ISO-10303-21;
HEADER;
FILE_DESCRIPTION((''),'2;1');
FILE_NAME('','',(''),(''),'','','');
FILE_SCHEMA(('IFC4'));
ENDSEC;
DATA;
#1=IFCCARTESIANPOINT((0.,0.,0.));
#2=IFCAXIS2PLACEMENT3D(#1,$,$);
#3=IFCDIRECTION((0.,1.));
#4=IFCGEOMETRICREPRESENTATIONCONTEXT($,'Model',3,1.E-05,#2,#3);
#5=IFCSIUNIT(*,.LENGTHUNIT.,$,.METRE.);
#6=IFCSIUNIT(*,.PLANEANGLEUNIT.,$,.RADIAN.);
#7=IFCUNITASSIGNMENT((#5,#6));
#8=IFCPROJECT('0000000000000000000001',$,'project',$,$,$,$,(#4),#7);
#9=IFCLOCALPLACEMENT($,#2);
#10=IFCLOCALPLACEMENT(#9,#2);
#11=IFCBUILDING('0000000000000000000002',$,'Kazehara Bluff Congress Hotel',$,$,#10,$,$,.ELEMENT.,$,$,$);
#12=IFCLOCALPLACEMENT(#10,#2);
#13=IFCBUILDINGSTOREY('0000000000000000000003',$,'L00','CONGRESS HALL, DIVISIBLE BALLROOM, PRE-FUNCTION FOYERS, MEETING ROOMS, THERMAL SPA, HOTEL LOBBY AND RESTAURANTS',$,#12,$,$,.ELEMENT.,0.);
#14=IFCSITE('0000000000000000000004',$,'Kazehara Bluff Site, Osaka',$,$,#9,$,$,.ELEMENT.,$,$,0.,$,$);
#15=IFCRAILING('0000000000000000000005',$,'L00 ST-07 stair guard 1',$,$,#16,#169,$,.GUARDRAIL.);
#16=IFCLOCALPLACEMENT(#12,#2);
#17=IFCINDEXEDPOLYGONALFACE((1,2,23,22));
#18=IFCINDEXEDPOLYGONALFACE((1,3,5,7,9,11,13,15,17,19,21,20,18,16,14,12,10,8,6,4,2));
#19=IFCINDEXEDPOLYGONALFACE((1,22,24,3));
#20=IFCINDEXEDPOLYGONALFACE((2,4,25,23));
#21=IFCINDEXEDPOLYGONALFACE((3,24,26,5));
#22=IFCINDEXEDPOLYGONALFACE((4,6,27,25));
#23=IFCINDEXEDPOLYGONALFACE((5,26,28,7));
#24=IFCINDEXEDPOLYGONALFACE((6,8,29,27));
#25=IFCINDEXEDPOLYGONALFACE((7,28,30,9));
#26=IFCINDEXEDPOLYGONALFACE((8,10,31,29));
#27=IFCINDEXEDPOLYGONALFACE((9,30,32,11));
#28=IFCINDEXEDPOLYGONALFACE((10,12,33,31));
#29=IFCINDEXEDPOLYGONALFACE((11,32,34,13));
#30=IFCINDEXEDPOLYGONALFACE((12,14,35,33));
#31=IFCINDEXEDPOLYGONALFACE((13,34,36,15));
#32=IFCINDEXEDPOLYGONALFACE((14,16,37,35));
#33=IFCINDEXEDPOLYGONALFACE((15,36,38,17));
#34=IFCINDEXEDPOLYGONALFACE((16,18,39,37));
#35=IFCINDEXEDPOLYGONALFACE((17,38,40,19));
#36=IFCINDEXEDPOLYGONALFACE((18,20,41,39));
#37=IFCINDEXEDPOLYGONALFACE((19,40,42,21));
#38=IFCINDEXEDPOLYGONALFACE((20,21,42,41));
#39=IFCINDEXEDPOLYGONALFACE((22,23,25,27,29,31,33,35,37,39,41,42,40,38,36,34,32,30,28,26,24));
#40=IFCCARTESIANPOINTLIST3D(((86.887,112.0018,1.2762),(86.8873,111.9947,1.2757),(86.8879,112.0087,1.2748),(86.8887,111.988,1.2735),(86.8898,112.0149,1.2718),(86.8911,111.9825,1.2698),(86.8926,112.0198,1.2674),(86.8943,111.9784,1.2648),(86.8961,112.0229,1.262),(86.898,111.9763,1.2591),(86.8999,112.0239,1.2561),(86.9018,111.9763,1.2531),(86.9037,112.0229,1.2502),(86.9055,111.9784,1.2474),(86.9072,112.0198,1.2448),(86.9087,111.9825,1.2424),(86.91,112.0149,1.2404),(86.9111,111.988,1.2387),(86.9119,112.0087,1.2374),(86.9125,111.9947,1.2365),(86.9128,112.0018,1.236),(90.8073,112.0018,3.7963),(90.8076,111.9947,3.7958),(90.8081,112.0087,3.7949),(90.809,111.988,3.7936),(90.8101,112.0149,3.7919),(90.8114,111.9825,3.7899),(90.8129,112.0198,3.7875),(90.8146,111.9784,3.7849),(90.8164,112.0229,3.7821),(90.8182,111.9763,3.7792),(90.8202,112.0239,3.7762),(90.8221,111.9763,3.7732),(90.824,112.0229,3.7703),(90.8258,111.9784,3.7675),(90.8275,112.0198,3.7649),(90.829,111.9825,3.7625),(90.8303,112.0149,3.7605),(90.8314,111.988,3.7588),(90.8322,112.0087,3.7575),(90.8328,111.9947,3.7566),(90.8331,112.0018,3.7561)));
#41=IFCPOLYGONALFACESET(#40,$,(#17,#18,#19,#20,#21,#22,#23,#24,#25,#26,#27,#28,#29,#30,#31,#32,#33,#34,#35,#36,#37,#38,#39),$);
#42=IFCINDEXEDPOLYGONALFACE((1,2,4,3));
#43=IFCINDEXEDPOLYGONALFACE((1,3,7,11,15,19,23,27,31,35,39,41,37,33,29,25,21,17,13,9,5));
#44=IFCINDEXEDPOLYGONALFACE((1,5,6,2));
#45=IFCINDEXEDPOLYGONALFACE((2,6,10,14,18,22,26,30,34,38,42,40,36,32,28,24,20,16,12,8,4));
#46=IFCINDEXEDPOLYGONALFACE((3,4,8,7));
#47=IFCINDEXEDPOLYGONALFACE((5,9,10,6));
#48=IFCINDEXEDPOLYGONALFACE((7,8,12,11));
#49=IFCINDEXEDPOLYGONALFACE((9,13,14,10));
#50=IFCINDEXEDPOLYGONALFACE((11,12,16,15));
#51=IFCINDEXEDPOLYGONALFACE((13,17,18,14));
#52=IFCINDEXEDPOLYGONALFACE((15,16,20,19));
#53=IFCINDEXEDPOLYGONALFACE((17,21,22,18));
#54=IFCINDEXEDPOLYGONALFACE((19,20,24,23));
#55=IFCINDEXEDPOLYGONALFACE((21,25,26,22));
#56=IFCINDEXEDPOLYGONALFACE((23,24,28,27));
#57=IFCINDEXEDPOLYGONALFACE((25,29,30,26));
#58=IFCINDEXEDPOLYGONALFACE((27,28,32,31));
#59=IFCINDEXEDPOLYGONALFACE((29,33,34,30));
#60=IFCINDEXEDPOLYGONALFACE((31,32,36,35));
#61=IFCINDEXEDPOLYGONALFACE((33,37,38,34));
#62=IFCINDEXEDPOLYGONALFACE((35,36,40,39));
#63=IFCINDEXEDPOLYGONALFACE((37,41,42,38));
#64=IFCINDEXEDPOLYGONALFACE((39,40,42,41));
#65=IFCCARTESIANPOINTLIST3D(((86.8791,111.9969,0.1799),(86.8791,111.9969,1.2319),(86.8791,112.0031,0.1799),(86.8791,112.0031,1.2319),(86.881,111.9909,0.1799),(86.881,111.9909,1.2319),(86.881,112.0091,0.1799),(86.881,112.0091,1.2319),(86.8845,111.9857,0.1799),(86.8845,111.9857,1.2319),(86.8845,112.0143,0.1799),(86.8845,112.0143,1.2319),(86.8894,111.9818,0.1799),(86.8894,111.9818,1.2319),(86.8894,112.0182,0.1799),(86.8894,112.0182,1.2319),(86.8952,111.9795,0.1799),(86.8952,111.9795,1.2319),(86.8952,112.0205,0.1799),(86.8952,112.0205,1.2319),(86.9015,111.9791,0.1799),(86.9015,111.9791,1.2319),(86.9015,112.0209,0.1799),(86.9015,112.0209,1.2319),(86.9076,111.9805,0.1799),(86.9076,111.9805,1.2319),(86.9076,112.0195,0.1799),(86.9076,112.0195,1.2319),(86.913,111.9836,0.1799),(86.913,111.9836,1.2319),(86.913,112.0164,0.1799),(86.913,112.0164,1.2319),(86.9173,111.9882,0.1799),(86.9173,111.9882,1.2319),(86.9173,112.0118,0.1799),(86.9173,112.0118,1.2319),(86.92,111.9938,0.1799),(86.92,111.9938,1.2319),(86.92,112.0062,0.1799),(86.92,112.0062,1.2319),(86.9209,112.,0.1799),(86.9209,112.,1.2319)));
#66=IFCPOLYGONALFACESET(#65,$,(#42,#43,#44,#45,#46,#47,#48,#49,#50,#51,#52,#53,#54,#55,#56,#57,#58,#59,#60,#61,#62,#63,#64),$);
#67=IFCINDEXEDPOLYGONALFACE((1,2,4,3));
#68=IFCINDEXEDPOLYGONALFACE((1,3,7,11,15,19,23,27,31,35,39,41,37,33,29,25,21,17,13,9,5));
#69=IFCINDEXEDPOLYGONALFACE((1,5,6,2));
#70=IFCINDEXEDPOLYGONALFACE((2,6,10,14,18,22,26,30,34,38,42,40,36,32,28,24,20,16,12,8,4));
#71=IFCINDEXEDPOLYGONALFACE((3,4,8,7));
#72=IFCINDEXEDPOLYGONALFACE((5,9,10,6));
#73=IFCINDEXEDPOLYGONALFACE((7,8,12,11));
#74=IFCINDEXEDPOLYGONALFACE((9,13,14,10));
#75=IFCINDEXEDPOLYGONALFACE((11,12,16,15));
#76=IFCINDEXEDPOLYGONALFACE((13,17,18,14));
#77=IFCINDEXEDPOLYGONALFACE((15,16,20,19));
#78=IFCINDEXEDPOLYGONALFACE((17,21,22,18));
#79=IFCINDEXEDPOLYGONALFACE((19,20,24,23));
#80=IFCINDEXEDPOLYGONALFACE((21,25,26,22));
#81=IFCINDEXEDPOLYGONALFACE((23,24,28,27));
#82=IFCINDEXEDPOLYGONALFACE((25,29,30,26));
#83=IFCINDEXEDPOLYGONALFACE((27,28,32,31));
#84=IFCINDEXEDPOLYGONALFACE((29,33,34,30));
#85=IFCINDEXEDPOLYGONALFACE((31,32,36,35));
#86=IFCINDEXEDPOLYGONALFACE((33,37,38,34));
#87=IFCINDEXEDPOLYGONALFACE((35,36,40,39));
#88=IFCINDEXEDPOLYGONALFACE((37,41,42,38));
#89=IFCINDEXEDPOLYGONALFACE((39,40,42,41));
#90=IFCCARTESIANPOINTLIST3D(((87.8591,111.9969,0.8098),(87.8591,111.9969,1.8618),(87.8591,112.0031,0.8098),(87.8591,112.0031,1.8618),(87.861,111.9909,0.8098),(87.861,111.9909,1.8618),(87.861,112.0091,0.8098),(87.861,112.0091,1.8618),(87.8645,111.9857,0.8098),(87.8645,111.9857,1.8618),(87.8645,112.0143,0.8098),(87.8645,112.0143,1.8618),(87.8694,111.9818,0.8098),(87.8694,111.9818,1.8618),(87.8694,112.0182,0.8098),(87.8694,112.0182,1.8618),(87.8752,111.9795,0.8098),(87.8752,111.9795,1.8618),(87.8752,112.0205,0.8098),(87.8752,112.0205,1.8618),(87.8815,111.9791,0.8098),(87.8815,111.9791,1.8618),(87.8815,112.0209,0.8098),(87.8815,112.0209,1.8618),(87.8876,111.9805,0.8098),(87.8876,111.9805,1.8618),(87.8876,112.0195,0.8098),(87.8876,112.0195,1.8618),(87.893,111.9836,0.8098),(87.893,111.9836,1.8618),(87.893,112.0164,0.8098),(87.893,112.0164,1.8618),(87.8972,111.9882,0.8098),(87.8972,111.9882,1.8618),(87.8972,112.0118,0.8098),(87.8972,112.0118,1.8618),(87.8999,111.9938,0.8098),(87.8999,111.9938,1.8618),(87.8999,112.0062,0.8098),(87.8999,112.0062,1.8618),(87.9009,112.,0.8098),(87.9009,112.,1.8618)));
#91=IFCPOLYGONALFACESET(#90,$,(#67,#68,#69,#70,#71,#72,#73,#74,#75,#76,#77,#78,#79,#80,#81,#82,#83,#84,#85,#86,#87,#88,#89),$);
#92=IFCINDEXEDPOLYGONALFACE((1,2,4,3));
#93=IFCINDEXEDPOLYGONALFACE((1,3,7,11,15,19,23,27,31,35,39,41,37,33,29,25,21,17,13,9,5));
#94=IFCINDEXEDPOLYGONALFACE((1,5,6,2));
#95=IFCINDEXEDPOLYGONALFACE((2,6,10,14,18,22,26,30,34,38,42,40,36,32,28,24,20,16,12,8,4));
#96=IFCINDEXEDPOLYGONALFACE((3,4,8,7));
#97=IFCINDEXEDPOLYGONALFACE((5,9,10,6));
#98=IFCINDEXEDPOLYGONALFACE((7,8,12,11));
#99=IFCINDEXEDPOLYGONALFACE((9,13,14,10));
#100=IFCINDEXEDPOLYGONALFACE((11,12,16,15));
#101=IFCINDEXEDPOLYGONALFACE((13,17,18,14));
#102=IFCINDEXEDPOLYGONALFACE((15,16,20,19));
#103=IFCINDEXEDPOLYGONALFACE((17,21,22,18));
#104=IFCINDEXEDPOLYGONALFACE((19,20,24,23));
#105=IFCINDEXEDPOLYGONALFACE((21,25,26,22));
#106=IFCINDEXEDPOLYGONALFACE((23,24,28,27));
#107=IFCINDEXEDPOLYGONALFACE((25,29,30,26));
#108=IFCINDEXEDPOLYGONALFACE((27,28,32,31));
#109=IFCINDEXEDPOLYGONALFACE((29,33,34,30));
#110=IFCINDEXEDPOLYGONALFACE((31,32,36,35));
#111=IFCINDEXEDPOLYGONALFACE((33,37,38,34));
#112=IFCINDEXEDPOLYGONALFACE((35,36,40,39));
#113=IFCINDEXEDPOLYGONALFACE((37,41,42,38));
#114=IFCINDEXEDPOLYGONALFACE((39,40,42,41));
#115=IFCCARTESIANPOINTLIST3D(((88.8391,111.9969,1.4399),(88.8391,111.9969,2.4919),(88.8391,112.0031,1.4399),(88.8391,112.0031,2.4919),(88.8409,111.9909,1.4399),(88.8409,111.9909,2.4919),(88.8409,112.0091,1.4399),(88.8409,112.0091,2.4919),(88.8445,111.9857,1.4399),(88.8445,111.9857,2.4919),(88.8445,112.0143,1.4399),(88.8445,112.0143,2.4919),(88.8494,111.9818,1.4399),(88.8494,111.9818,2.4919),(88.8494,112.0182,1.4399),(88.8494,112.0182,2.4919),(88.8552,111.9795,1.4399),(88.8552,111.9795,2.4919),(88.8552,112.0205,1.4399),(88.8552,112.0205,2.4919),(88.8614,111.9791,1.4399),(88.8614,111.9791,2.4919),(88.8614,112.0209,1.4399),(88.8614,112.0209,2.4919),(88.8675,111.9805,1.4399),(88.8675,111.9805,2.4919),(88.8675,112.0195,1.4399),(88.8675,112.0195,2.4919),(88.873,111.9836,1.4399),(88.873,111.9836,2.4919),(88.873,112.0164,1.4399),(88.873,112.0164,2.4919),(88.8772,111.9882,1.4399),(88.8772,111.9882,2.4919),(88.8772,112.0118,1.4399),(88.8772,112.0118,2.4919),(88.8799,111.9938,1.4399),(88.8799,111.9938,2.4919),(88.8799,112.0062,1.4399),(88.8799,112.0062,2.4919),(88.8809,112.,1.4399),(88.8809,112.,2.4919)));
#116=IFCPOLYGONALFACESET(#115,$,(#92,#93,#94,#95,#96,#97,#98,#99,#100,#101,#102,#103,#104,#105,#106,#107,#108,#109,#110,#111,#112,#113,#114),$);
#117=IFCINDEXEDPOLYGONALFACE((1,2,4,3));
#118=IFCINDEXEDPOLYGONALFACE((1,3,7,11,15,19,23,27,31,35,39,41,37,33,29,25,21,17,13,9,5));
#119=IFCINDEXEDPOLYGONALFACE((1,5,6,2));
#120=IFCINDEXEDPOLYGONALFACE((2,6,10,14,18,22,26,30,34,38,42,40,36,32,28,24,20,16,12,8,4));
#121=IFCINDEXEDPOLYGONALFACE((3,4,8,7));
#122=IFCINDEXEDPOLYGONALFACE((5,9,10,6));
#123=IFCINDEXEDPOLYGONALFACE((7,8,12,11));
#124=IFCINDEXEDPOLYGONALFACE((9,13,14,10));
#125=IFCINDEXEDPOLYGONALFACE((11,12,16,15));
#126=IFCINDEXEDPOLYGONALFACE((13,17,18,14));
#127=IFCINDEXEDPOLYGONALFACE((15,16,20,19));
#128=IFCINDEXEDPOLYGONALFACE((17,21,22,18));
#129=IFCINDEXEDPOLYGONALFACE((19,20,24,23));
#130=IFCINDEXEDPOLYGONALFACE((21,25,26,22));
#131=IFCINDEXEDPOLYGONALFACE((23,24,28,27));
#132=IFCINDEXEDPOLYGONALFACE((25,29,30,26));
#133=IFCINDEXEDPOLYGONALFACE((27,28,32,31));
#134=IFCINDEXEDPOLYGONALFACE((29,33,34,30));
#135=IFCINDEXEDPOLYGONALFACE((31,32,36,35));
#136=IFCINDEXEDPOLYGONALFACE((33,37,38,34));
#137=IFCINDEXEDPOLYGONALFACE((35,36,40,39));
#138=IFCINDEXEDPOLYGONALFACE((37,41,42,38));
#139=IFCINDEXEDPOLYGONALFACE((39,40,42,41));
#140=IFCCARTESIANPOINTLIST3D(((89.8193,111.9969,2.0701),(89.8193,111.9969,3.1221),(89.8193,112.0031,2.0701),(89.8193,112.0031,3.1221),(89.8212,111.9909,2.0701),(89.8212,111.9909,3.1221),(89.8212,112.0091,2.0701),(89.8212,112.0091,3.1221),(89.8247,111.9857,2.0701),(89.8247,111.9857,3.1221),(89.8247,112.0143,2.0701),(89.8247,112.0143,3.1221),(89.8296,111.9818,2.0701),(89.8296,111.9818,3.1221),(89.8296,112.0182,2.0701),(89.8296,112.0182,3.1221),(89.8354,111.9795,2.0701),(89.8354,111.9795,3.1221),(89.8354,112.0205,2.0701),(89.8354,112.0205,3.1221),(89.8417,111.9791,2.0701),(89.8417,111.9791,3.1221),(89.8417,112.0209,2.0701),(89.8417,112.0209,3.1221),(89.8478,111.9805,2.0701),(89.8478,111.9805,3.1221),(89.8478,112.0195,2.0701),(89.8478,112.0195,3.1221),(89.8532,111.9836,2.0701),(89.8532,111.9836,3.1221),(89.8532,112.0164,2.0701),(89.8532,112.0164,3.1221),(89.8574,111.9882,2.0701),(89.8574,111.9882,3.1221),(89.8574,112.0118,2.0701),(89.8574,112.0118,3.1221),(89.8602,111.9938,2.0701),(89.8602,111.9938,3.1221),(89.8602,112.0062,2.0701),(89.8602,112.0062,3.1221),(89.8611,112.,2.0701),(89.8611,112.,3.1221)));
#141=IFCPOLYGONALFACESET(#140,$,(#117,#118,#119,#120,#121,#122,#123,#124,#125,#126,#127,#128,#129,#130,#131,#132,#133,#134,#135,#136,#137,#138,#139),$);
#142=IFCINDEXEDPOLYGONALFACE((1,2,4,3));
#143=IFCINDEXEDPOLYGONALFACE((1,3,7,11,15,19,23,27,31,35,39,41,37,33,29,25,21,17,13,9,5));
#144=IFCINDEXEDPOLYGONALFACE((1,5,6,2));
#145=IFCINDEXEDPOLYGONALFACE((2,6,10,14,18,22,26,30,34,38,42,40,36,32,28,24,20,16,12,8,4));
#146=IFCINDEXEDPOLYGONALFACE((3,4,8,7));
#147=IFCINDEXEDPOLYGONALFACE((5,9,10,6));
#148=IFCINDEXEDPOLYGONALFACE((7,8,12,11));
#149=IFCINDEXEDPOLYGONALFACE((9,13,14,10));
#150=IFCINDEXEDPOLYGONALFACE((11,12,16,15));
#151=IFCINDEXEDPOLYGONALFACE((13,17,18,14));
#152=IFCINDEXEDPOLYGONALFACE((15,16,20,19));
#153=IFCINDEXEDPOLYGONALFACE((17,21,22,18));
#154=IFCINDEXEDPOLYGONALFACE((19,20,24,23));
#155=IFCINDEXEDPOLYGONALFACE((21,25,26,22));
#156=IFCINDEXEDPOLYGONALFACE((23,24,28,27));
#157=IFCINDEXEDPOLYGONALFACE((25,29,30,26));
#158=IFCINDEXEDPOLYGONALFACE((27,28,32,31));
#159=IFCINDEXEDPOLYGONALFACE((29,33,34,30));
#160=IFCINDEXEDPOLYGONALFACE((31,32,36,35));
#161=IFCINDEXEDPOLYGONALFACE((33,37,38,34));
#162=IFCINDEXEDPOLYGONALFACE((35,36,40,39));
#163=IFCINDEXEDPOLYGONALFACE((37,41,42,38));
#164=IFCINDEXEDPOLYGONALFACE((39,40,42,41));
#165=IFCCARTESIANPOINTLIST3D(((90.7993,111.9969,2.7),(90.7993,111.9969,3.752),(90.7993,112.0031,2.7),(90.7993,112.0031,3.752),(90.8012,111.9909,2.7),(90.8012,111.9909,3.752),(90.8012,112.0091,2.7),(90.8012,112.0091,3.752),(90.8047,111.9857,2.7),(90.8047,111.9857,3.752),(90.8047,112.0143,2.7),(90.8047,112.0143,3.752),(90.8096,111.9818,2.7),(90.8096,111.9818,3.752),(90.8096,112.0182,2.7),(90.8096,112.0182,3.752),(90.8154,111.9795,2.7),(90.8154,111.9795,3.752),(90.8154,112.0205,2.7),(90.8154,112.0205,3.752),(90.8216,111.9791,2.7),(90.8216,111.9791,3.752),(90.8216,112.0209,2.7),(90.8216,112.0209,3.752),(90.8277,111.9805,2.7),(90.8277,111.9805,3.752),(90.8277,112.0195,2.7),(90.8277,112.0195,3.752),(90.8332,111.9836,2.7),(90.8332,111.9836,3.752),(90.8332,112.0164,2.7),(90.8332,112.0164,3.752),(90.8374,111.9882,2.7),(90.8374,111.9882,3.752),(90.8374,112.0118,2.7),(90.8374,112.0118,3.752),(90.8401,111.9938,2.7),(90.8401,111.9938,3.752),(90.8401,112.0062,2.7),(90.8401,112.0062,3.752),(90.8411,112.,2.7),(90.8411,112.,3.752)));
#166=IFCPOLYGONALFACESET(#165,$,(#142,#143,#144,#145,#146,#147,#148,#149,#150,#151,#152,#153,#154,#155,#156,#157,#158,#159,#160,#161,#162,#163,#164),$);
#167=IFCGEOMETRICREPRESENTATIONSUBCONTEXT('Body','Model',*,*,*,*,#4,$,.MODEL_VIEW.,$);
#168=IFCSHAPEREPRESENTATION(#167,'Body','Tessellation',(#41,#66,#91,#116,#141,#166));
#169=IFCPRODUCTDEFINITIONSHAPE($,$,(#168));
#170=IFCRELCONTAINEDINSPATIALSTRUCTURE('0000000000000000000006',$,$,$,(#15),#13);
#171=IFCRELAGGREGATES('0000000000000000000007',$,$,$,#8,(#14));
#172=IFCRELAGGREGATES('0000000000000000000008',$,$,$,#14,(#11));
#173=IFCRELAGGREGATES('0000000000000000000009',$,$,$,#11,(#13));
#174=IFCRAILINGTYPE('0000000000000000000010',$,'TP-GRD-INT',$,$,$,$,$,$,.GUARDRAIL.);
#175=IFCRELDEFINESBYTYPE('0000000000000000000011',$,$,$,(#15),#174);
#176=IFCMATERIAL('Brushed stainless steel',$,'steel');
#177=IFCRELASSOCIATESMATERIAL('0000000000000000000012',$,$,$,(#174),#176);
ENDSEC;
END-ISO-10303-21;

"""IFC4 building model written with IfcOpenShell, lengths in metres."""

from ifc_helpers import new_model, si_unit, direction, frame, origin, origin_2d, place, context, subcontext, project, spatial, circle, extrude, material, type_object, element, save


model = new_model("IFC4")

# Units and contexts
model_context = context("Model", 3, precision=1e-05, world=origin(), true_north=direction((0.0, 1.0)))
body_context = subcontext(model_context, "Body", "Model", "MODEL_VIEW")
ifc_project = project(units=[si_unit("LENGTHUNIT", "METRE"), si_unit("PLANEANGLEUNIT", "RADIAN")], contexts=[model_context])

# Site, building, storey
site_placement = place(None, origin())
site = spatial("IfcSite", under=ifc_project, at=site_placement, Name="Kazehara Bluff Site, Osaka", CompositionType="ELEMENT", RefElevation=0.0)
building_placement = place(site_placement, origin())
building = spatial("IfcBuilding", under=site, at=building_placement, Name="Kazehara Bluff Congress Hotel", CompositionType="ELEMENT")
storey_placement = place(building_placement, origin())
storey = spatial("IfcBuildingStorey", under=building, at=storey_placement, Name="L00", Description="CONGRESS HALL, DIVISIBLE BALLROOM, PRE-FUNCTION FOYERS, MEETING ROOMS, THERMAL SPA, HOTEL LOBBY AND RESTAURANTS", CompositionType="ELEMENT", Elevation=0.0)

# Railing
ifc_material_1 = material(Name="Brushed stainless steel", Category="steel")
railing_type_1 = type_object("IfcRailingType", Name="TP-GRD-INT", PredefinedType="GUARDRAIL", material=ifc_material_1)
railing_1_placement = place(storey_placement, frame((86.8999, 112.0, 0.1799)))
element("IfcRailing", 1, at=railing_1_placement, inside=storey, type_object=railing_type_1, Name="L00 ST-07 stair guard 1", PredefinedType="GUARDRAIL", context=body_context, shape_type="SweptSolid", body=[
    extrude(circle(Radius=0.0239, at=origin_2d()), frame((0.0, 0.0, 1.0762), z_axis=(0.841187, 0.0, 0.540744), x_axis=(0.0, 1.0, 0.0)), (0.0, 0.0, 1.0), 4.6604),
    extrude(circle(Radius=0.021, at=origin_2d()), origin(), (0.0, 0.0, 1.0), 1.052),
    extrude(circle(Radius=0.021, at=origin_2d()), frame((0.98, 0.0, 0.6299)), (0.0, 0.0, 1.0), 1.052),
    extrude(circle(Radius=0.021, at=origin_2d()), frame((1.96, 0.0, 1.26)), (0.0, 0.0, 1.0), 1.052),
    extrude(circle(Radius=0.021, at=origin_2d()), frame((2.9402, 0.0, 1.8901)), (0.0, 0.0, 1.0), 1.052),
    extrude(circle(Radius=0.021, at=origin_2d()), frame((3.9202, 0.0, 2.52)), (0.0, 0.0, 1.0), 1.052),
])

save(model, "model.ifc")
